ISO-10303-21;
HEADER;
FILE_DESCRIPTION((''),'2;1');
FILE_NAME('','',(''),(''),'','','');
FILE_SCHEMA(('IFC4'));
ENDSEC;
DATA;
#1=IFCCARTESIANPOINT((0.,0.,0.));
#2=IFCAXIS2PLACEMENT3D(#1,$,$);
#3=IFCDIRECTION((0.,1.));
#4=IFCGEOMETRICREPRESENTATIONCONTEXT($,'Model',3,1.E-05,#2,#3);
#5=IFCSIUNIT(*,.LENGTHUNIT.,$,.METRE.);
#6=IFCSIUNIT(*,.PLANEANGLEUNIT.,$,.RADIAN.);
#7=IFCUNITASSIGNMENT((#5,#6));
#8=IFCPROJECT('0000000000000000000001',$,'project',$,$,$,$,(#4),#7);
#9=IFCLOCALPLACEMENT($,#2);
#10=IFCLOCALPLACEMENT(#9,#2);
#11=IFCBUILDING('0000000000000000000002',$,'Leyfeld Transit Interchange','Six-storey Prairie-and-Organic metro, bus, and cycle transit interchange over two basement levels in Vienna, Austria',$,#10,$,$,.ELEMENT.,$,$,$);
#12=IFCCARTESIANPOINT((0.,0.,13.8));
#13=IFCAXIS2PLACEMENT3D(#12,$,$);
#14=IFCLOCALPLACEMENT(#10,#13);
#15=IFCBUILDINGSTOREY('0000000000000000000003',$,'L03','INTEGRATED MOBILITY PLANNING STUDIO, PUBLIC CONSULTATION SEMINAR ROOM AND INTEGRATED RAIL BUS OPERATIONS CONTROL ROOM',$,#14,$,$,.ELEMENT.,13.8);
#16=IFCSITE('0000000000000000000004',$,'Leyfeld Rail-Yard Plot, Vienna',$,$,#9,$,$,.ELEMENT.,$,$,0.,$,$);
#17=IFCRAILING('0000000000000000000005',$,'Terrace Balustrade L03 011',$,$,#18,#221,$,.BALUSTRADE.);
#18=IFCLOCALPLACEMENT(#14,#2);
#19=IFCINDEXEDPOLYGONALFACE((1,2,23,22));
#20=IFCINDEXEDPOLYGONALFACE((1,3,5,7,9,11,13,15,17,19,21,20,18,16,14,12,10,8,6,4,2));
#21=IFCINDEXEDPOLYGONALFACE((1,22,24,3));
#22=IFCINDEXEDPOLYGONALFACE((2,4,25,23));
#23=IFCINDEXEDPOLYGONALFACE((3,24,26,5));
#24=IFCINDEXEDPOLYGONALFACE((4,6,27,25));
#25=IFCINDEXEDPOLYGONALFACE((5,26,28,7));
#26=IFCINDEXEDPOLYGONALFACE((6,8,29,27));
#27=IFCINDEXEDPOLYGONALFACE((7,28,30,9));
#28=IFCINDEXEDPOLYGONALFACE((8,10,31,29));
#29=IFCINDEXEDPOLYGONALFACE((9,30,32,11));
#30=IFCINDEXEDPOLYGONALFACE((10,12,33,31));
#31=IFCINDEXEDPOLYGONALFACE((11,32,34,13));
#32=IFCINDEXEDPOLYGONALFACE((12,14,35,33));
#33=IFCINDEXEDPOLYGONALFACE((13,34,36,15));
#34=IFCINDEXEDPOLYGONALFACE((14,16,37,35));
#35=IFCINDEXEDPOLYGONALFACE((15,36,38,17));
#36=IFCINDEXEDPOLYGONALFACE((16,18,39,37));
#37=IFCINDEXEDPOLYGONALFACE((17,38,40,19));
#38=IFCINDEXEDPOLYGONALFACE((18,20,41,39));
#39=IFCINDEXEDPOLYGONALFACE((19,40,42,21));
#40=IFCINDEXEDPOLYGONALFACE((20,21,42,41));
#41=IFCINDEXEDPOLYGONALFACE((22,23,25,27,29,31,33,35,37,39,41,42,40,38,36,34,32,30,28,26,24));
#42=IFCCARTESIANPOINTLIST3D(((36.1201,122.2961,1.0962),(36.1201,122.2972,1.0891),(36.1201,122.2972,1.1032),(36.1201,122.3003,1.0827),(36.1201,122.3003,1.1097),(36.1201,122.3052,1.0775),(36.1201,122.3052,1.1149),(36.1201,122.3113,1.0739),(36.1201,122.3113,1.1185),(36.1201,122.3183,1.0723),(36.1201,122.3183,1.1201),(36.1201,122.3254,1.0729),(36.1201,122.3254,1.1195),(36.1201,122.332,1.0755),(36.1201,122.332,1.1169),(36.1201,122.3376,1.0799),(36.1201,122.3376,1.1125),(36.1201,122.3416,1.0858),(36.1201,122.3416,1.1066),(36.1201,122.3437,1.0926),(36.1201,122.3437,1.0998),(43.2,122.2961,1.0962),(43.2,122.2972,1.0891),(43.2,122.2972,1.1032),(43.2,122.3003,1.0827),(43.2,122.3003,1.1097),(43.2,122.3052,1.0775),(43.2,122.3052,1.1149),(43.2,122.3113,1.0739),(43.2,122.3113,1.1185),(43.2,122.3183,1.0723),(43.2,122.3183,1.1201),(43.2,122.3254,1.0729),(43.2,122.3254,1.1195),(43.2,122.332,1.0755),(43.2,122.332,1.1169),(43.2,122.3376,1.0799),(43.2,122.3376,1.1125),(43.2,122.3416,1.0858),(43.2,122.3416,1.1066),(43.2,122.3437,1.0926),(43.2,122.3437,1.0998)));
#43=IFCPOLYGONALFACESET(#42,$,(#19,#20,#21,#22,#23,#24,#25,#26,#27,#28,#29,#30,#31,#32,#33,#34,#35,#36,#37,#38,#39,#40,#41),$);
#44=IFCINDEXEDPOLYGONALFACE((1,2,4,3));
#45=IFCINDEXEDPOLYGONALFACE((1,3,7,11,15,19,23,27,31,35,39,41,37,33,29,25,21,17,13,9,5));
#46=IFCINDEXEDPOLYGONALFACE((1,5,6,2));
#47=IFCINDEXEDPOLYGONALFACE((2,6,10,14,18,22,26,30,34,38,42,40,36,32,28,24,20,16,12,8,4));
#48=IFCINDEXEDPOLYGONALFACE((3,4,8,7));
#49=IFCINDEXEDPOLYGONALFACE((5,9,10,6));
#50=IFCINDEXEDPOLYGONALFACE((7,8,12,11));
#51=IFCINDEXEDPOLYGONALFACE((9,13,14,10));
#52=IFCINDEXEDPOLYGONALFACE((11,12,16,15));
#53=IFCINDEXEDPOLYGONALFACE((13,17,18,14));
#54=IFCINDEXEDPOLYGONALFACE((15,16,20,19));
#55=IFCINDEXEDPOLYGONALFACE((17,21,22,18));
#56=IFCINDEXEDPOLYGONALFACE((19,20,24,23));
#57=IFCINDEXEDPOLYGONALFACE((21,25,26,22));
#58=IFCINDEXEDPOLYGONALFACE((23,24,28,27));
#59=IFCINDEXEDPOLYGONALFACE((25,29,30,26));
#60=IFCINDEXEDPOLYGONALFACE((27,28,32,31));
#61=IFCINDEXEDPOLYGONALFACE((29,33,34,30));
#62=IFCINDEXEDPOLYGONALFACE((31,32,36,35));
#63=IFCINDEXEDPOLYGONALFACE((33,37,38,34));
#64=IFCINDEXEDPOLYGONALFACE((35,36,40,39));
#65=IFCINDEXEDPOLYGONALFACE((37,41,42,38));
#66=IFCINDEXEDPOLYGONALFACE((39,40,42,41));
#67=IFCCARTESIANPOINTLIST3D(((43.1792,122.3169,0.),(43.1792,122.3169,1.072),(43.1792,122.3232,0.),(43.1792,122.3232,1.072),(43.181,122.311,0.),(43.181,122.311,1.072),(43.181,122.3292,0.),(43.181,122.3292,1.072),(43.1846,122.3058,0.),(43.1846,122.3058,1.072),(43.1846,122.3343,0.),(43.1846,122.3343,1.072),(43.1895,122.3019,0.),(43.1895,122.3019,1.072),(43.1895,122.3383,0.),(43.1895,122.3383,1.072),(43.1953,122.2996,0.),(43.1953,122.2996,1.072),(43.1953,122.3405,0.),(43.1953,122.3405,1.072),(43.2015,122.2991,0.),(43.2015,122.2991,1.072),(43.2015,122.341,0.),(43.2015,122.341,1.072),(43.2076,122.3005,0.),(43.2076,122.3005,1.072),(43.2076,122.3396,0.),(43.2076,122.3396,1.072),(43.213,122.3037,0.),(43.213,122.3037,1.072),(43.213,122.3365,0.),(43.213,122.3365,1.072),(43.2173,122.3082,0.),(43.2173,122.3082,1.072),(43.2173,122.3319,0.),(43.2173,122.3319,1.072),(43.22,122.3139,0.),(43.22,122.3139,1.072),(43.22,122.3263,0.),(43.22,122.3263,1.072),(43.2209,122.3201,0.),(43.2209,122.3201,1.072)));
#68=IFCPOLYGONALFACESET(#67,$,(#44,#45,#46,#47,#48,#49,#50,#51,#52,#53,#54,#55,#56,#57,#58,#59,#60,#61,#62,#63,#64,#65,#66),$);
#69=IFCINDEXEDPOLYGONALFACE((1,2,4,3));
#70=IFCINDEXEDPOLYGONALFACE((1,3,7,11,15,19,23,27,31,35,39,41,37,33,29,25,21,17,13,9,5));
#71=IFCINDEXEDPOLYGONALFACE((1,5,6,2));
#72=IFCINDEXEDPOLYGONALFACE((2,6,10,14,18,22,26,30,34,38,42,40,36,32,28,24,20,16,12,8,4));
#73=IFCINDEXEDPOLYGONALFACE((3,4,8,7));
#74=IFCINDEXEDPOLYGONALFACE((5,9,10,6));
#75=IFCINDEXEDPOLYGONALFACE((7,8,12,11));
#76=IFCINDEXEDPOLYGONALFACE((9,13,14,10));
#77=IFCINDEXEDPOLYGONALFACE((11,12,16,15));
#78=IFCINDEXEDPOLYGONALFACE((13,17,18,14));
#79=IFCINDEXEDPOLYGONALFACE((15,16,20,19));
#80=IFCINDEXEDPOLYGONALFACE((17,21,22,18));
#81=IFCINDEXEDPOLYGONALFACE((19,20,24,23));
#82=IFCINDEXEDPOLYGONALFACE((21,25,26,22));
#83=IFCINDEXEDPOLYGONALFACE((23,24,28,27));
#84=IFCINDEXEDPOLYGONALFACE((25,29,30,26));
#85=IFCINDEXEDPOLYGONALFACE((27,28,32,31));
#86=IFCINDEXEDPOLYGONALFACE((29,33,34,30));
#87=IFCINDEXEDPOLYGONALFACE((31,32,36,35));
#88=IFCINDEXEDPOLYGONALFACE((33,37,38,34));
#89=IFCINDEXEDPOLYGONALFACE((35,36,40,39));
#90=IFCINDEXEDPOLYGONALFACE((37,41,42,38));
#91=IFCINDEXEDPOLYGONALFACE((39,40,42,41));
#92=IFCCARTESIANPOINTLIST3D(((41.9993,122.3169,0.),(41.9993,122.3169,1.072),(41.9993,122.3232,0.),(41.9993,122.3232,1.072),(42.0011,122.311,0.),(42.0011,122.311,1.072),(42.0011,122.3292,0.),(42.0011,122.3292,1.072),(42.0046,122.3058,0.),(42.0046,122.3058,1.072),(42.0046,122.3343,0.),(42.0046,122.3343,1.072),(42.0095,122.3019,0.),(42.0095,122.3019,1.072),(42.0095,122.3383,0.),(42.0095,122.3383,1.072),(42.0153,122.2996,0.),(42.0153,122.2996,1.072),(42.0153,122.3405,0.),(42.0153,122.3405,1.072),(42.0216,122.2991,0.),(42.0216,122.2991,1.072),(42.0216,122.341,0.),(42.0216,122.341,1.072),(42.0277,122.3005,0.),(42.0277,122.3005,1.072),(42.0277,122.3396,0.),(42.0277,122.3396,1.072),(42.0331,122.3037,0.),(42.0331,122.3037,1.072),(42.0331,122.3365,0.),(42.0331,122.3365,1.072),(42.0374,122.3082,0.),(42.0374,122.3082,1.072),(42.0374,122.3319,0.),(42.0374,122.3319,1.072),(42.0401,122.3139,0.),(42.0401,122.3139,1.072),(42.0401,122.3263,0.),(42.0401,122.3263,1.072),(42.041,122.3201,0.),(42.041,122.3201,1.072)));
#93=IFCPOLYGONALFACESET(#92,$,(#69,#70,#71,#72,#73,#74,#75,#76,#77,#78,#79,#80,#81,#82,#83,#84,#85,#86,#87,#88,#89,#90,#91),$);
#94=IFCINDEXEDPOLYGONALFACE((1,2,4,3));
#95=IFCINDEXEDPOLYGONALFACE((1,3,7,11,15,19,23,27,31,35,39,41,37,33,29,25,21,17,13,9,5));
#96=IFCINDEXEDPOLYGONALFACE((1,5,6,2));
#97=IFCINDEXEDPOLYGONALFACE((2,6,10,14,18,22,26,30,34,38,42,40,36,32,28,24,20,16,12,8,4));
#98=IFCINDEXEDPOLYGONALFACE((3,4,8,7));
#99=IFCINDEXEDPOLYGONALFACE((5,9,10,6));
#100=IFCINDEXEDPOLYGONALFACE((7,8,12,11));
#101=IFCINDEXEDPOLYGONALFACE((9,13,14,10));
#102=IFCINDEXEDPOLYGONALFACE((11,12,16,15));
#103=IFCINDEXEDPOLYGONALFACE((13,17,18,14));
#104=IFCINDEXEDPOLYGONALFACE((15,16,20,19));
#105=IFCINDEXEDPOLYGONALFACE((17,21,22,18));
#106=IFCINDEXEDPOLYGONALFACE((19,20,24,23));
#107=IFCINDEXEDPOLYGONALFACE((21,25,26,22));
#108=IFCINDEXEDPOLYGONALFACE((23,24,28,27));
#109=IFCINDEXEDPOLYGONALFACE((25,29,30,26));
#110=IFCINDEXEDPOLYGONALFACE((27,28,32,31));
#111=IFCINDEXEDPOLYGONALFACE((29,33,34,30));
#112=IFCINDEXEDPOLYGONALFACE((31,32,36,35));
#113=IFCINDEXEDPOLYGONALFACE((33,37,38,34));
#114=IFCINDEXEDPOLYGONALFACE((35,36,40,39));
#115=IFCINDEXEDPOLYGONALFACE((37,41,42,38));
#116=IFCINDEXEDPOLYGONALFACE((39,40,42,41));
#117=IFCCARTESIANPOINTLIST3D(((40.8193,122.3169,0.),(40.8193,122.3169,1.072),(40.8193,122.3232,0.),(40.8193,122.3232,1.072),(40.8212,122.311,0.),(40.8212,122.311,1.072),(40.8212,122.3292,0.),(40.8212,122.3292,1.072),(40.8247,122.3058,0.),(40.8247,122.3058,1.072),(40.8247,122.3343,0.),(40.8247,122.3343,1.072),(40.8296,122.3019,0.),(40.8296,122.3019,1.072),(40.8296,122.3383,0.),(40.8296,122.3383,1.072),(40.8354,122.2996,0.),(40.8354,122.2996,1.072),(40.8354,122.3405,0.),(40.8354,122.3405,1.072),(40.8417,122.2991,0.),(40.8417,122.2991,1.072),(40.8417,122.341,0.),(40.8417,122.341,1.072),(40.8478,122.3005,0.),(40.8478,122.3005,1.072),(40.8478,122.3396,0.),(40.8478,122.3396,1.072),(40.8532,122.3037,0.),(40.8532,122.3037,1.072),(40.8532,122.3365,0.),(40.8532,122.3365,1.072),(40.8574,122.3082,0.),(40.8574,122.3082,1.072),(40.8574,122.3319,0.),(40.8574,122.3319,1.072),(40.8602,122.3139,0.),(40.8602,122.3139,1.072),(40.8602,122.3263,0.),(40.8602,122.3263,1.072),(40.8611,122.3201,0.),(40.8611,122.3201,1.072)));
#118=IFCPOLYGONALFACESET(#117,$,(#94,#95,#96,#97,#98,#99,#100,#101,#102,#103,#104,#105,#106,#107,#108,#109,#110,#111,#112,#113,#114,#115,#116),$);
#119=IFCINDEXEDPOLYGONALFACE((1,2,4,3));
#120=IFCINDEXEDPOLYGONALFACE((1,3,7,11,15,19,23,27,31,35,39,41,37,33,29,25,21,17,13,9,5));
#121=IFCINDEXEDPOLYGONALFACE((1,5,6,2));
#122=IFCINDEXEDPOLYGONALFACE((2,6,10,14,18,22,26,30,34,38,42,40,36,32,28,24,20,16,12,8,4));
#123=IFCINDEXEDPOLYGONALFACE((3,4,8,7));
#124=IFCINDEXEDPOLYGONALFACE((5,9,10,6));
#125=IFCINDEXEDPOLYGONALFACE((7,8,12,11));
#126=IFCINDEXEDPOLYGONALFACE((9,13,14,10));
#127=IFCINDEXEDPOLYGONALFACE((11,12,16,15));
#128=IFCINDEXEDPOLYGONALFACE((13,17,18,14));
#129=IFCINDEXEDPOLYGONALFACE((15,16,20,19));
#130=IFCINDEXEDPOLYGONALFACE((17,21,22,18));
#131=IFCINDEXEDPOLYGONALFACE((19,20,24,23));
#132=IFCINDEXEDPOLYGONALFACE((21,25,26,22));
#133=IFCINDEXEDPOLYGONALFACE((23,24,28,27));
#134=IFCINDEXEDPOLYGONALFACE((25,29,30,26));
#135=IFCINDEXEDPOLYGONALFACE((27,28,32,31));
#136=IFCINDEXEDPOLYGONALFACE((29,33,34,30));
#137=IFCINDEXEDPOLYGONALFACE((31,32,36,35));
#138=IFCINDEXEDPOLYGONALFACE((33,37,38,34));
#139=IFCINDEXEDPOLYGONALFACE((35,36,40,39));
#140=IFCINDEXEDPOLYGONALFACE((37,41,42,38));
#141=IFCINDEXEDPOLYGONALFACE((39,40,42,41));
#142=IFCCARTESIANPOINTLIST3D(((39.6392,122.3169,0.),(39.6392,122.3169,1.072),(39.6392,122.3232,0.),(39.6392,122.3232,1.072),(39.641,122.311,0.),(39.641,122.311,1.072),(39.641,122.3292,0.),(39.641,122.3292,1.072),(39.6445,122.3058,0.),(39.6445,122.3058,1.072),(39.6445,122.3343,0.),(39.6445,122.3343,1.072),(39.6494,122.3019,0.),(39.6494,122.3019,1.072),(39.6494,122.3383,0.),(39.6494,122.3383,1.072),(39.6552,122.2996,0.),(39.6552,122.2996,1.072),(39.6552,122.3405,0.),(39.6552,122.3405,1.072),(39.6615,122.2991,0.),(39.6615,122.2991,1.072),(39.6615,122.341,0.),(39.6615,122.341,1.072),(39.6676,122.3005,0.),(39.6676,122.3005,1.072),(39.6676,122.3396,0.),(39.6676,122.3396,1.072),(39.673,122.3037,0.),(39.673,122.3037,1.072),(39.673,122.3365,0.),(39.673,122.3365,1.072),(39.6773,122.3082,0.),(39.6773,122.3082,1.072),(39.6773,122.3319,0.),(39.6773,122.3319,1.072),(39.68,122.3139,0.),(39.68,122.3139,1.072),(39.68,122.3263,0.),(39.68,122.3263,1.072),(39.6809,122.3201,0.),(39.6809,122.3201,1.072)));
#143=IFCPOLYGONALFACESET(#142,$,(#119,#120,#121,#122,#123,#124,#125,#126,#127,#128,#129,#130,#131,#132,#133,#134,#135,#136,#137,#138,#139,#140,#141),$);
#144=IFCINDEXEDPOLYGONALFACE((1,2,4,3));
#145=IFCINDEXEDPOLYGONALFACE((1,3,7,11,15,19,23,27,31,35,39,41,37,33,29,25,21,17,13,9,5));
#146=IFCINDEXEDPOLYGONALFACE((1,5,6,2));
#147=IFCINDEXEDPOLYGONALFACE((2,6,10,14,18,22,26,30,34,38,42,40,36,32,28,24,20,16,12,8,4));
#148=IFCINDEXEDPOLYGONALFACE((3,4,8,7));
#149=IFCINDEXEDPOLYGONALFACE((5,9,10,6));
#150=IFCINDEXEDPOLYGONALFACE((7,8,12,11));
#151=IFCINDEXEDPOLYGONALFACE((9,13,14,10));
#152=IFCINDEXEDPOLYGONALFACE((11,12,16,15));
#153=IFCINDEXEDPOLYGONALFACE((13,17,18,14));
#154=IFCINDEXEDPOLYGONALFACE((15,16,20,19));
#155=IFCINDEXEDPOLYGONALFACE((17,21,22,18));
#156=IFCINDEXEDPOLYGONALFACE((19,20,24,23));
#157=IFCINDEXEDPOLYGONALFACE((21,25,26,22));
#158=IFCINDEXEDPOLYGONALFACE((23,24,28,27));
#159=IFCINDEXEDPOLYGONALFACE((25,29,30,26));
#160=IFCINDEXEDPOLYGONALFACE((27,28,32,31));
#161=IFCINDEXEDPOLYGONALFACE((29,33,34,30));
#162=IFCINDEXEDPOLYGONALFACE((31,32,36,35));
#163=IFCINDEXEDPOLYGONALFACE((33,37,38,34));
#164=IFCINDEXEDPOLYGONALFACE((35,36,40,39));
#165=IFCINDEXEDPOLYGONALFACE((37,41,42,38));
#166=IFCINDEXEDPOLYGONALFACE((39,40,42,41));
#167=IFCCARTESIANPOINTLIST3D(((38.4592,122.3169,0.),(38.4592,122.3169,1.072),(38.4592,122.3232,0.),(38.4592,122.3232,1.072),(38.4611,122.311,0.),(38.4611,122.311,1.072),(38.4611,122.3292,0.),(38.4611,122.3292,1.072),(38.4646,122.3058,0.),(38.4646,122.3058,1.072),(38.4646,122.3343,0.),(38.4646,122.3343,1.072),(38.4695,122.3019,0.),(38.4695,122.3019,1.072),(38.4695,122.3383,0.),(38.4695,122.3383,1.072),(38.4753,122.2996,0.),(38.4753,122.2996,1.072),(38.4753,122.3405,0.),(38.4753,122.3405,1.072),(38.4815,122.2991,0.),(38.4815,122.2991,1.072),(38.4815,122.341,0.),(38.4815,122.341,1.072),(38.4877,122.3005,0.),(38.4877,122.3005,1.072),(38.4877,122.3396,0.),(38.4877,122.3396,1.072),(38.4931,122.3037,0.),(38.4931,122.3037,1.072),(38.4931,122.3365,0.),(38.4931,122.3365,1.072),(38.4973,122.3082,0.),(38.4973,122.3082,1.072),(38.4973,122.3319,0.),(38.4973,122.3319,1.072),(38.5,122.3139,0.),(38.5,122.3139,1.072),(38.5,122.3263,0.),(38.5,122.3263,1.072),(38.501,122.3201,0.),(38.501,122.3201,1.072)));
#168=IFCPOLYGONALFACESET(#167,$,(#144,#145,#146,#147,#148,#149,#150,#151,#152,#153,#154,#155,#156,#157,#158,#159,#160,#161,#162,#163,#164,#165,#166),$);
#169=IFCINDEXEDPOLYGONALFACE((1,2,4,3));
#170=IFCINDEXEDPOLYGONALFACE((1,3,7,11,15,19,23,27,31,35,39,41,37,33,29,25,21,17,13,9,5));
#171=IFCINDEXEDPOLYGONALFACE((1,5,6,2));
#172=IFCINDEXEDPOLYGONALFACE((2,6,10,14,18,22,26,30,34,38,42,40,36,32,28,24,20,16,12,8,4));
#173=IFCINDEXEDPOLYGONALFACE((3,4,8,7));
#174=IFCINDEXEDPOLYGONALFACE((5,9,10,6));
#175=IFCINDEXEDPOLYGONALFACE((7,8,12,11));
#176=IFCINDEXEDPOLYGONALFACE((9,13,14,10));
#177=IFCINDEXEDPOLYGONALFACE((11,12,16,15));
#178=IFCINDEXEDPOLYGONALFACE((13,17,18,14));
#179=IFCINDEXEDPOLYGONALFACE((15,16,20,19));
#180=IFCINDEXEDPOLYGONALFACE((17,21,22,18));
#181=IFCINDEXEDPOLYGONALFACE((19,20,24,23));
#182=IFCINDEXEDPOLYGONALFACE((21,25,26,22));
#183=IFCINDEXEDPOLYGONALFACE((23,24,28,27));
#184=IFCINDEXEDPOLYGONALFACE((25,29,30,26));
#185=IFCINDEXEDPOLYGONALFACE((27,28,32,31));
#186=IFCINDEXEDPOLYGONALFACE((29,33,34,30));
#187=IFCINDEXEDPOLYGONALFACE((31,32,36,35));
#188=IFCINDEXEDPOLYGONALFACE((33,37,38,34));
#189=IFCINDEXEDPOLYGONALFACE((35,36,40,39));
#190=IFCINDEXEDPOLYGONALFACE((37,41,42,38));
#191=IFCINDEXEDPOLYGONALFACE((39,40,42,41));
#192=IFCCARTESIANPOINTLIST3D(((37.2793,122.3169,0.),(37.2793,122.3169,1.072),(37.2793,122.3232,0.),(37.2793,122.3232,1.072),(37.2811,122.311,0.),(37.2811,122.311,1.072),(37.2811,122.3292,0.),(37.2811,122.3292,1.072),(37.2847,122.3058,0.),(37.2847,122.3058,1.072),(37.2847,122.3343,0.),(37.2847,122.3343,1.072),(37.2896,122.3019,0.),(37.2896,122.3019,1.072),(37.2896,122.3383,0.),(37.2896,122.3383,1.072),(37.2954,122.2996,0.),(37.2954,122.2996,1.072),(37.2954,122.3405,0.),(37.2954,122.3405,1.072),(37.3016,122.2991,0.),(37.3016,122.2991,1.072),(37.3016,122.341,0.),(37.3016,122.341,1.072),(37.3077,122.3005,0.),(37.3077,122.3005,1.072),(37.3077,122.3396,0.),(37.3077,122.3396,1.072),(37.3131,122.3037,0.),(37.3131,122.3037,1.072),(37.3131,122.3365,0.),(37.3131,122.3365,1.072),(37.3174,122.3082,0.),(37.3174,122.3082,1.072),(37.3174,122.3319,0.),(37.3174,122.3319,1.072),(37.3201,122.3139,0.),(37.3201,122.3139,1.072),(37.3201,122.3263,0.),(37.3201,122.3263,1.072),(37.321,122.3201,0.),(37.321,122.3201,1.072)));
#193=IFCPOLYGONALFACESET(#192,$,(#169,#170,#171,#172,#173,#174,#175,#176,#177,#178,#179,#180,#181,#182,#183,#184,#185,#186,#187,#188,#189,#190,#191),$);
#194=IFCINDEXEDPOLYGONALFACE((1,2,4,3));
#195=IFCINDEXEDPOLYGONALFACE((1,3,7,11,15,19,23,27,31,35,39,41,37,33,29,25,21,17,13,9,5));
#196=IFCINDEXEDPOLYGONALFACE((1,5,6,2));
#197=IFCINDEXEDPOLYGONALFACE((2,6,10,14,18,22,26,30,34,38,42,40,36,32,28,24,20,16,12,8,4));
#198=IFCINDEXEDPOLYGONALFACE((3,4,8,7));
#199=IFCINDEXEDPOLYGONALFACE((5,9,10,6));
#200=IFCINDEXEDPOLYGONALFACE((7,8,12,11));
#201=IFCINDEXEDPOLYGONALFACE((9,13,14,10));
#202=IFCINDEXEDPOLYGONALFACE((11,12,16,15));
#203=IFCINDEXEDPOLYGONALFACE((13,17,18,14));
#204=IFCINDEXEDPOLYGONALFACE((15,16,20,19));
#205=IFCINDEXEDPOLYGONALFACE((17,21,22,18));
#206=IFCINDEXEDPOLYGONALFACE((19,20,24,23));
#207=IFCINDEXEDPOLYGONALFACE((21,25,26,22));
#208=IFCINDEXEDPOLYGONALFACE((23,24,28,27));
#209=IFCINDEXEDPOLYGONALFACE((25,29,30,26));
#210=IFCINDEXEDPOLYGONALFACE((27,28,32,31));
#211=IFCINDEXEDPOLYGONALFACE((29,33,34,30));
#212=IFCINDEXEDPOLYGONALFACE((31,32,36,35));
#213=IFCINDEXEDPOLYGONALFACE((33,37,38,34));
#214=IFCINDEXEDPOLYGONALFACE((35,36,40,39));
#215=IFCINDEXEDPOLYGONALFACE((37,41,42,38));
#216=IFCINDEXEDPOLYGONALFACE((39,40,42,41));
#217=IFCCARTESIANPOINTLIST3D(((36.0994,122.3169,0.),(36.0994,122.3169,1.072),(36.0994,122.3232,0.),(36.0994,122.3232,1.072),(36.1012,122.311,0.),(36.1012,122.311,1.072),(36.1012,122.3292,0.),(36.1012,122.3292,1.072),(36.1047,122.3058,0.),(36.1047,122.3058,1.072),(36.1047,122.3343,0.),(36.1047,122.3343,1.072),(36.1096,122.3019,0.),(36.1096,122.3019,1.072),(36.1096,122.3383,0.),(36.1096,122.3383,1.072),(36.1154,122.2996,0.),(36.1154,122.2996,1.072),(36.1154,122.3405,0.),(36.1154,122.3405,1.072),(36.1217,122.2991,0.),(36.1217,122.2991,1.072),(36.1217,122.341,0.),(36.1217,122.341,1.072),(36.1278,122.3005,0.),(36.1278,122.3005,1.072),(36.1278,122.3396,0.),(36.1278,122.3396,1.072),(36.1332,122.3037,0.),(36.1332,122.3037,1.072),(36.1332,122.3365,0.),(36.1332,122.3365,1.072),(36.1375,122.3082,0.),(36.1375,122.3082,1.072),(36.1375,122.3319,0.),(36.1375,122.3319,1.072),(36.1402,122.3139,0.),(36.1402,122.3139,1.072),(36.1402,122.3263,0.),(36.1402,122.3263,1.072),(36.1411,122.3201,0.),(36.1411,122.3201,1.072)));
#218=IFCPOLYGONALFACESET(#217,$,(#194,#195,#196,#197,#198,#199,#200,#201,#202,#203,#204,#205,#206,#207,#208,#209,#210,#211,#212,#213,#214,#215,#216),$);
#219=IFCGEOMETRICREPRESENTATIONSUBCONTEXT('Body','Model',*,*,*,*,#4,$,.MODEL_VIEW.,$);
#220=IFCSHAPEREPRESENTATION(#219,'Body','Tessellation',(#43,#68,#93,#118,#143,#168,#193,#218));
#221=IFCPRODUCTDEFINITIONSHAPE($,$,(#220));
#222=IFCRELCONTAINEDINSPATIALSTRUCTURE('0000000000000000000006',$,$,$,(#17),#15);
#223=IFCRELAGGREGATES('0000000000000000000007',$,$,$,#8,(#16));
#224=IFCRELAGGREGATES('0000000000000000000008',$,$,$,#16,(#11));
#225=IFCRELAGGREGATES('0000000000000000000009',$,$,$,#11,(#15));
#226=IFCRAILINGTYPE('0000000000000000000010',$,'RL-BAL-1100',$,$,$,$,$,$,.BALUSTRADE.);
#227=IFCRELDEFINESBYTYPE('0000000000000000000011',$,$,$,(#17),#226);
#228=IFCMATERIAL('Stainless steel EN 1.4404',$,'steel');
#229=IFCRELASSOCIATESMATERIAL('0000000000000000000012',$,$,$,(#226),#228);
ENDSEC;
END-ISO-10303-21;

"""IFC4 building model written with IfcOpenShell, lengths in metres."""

from ifc_helpers import new_model, si_unit, direction, frame, origin, origin_2d, place, context, subcontext, project, spatial, circle, extrude, material, type_object, element, save


model = new_model("IFC4")

# Units and contexts
model_context = context("Model", 3, precision=1e-05, world=origin(), true_north=direction((0.0, 1.0)))
body_context = subcontext(model_context, "Body", "Model", "MODEL_VIEW")
ifc_project = project(units=[si_unit("LENGTHUNIT", "METRE"), si_unit("PLANEANGLEUNIT", "RADIAN")], contexts=[model_context])

# Site, building, storey
site_placement = place(None, origin())
site = spatial("IfcSite", under=ifc_project, at=site_placement, Name="Leyfeld Rail-Yard Plot, Vienna", CompositionType="ELEMENT", RefElevation=0.0)
building_placement = place(site_placement, origin())
building = spatial("IfcBuilding", under=site, at=building_placement, Name="Leyfeld Transit Interchange", Description="Six-storey Prairie-and-Organic metro, bus, and cycle transit interchange over two basement levels in Vienna, Austria", CompositionType="ELEMENT")
storey_placement = place(building_placement, frame((0.0, 0.0, 13.8)))
storey = spatial("IfcBuildingStorey", under=building, at=storey_placement, Name="L03", Description="INTEGRATED MOBILITY PLANNING STUDIO, PUBLIC CONSULTATION SEMINAR ROOM AND INTEGRATED RAIL BUS OPERATIONS CONTROL ROOM", CompositionType="ELEMENT", Elevation=13.8)

# Railing
ifc_material_1 = material(Name="Stainless steel EN 1.4404", Category="steel")
railing_type = type_object("IfcRailingType", Name="RL-BAL-1100", PredefinedType="BALUSTRADE", material=ifc_material_1)
railing_1_placement = place(storey_placement, frame((43.2, 122.3201, 0.0)))
element("IfcRailing", 1, at=railing_1_placement, inside=storey, type_object=railing_type, Name="Terrace Balustrade L03 011", PredefinedType="BALUSTRADE", context=body_context, shape_type="SweptSolid", body=[
    extrude(circle(Radius=0.0239, at=origin_2d()), frame((0.0, 0.0, 1.0962), z_axis=(-1.0, 0.0, 0.0), x_axis=(0.0, -1.0, 0.0)), (0.0, 0.0, 1.0), 7.0798),
    extrude(circle(Radius=0.021, at=origin_2d()), origin(), (0.0, 0.0, 1.0), 1.072),
    extrude(circle(Radius=0.021, at=origin_2d()), frame((-1.1799, 0.0, 0.0)), (0.0, 0.0, 1.0), 1.072),
    extrude(circle(Radius=0.021, at=origin_2d()), frame((-2.3599, 0.0, 0.0)), (0.0, 0.0, 1.0), 1.072),
    extrude(circle(Radius=0.021, at=origin_2d()), frame((-3.54, 0.0, 0.0)), (0.0, 0.0, 1.0), 1.072),
    extrude(circle(Radius=0.021, at=origin_2d()), frame((-4.72, 0.0, 0.0)), (0.0, 0.0, 1.0), 1.072),
    extrude(circle(Radius=0.021, at=origin_2d()), frame((-5.8999, 0.0, 0.0)), (0.0, 0.0, 1.0), 1.072),
    extrude(circle(Radius=0.021, at=origin_2d()), frame((-7.0798, 0.0, 0.0)), (0.0, 0.0, 1.0), 1.072),
])

save(model, "model.ifc")
